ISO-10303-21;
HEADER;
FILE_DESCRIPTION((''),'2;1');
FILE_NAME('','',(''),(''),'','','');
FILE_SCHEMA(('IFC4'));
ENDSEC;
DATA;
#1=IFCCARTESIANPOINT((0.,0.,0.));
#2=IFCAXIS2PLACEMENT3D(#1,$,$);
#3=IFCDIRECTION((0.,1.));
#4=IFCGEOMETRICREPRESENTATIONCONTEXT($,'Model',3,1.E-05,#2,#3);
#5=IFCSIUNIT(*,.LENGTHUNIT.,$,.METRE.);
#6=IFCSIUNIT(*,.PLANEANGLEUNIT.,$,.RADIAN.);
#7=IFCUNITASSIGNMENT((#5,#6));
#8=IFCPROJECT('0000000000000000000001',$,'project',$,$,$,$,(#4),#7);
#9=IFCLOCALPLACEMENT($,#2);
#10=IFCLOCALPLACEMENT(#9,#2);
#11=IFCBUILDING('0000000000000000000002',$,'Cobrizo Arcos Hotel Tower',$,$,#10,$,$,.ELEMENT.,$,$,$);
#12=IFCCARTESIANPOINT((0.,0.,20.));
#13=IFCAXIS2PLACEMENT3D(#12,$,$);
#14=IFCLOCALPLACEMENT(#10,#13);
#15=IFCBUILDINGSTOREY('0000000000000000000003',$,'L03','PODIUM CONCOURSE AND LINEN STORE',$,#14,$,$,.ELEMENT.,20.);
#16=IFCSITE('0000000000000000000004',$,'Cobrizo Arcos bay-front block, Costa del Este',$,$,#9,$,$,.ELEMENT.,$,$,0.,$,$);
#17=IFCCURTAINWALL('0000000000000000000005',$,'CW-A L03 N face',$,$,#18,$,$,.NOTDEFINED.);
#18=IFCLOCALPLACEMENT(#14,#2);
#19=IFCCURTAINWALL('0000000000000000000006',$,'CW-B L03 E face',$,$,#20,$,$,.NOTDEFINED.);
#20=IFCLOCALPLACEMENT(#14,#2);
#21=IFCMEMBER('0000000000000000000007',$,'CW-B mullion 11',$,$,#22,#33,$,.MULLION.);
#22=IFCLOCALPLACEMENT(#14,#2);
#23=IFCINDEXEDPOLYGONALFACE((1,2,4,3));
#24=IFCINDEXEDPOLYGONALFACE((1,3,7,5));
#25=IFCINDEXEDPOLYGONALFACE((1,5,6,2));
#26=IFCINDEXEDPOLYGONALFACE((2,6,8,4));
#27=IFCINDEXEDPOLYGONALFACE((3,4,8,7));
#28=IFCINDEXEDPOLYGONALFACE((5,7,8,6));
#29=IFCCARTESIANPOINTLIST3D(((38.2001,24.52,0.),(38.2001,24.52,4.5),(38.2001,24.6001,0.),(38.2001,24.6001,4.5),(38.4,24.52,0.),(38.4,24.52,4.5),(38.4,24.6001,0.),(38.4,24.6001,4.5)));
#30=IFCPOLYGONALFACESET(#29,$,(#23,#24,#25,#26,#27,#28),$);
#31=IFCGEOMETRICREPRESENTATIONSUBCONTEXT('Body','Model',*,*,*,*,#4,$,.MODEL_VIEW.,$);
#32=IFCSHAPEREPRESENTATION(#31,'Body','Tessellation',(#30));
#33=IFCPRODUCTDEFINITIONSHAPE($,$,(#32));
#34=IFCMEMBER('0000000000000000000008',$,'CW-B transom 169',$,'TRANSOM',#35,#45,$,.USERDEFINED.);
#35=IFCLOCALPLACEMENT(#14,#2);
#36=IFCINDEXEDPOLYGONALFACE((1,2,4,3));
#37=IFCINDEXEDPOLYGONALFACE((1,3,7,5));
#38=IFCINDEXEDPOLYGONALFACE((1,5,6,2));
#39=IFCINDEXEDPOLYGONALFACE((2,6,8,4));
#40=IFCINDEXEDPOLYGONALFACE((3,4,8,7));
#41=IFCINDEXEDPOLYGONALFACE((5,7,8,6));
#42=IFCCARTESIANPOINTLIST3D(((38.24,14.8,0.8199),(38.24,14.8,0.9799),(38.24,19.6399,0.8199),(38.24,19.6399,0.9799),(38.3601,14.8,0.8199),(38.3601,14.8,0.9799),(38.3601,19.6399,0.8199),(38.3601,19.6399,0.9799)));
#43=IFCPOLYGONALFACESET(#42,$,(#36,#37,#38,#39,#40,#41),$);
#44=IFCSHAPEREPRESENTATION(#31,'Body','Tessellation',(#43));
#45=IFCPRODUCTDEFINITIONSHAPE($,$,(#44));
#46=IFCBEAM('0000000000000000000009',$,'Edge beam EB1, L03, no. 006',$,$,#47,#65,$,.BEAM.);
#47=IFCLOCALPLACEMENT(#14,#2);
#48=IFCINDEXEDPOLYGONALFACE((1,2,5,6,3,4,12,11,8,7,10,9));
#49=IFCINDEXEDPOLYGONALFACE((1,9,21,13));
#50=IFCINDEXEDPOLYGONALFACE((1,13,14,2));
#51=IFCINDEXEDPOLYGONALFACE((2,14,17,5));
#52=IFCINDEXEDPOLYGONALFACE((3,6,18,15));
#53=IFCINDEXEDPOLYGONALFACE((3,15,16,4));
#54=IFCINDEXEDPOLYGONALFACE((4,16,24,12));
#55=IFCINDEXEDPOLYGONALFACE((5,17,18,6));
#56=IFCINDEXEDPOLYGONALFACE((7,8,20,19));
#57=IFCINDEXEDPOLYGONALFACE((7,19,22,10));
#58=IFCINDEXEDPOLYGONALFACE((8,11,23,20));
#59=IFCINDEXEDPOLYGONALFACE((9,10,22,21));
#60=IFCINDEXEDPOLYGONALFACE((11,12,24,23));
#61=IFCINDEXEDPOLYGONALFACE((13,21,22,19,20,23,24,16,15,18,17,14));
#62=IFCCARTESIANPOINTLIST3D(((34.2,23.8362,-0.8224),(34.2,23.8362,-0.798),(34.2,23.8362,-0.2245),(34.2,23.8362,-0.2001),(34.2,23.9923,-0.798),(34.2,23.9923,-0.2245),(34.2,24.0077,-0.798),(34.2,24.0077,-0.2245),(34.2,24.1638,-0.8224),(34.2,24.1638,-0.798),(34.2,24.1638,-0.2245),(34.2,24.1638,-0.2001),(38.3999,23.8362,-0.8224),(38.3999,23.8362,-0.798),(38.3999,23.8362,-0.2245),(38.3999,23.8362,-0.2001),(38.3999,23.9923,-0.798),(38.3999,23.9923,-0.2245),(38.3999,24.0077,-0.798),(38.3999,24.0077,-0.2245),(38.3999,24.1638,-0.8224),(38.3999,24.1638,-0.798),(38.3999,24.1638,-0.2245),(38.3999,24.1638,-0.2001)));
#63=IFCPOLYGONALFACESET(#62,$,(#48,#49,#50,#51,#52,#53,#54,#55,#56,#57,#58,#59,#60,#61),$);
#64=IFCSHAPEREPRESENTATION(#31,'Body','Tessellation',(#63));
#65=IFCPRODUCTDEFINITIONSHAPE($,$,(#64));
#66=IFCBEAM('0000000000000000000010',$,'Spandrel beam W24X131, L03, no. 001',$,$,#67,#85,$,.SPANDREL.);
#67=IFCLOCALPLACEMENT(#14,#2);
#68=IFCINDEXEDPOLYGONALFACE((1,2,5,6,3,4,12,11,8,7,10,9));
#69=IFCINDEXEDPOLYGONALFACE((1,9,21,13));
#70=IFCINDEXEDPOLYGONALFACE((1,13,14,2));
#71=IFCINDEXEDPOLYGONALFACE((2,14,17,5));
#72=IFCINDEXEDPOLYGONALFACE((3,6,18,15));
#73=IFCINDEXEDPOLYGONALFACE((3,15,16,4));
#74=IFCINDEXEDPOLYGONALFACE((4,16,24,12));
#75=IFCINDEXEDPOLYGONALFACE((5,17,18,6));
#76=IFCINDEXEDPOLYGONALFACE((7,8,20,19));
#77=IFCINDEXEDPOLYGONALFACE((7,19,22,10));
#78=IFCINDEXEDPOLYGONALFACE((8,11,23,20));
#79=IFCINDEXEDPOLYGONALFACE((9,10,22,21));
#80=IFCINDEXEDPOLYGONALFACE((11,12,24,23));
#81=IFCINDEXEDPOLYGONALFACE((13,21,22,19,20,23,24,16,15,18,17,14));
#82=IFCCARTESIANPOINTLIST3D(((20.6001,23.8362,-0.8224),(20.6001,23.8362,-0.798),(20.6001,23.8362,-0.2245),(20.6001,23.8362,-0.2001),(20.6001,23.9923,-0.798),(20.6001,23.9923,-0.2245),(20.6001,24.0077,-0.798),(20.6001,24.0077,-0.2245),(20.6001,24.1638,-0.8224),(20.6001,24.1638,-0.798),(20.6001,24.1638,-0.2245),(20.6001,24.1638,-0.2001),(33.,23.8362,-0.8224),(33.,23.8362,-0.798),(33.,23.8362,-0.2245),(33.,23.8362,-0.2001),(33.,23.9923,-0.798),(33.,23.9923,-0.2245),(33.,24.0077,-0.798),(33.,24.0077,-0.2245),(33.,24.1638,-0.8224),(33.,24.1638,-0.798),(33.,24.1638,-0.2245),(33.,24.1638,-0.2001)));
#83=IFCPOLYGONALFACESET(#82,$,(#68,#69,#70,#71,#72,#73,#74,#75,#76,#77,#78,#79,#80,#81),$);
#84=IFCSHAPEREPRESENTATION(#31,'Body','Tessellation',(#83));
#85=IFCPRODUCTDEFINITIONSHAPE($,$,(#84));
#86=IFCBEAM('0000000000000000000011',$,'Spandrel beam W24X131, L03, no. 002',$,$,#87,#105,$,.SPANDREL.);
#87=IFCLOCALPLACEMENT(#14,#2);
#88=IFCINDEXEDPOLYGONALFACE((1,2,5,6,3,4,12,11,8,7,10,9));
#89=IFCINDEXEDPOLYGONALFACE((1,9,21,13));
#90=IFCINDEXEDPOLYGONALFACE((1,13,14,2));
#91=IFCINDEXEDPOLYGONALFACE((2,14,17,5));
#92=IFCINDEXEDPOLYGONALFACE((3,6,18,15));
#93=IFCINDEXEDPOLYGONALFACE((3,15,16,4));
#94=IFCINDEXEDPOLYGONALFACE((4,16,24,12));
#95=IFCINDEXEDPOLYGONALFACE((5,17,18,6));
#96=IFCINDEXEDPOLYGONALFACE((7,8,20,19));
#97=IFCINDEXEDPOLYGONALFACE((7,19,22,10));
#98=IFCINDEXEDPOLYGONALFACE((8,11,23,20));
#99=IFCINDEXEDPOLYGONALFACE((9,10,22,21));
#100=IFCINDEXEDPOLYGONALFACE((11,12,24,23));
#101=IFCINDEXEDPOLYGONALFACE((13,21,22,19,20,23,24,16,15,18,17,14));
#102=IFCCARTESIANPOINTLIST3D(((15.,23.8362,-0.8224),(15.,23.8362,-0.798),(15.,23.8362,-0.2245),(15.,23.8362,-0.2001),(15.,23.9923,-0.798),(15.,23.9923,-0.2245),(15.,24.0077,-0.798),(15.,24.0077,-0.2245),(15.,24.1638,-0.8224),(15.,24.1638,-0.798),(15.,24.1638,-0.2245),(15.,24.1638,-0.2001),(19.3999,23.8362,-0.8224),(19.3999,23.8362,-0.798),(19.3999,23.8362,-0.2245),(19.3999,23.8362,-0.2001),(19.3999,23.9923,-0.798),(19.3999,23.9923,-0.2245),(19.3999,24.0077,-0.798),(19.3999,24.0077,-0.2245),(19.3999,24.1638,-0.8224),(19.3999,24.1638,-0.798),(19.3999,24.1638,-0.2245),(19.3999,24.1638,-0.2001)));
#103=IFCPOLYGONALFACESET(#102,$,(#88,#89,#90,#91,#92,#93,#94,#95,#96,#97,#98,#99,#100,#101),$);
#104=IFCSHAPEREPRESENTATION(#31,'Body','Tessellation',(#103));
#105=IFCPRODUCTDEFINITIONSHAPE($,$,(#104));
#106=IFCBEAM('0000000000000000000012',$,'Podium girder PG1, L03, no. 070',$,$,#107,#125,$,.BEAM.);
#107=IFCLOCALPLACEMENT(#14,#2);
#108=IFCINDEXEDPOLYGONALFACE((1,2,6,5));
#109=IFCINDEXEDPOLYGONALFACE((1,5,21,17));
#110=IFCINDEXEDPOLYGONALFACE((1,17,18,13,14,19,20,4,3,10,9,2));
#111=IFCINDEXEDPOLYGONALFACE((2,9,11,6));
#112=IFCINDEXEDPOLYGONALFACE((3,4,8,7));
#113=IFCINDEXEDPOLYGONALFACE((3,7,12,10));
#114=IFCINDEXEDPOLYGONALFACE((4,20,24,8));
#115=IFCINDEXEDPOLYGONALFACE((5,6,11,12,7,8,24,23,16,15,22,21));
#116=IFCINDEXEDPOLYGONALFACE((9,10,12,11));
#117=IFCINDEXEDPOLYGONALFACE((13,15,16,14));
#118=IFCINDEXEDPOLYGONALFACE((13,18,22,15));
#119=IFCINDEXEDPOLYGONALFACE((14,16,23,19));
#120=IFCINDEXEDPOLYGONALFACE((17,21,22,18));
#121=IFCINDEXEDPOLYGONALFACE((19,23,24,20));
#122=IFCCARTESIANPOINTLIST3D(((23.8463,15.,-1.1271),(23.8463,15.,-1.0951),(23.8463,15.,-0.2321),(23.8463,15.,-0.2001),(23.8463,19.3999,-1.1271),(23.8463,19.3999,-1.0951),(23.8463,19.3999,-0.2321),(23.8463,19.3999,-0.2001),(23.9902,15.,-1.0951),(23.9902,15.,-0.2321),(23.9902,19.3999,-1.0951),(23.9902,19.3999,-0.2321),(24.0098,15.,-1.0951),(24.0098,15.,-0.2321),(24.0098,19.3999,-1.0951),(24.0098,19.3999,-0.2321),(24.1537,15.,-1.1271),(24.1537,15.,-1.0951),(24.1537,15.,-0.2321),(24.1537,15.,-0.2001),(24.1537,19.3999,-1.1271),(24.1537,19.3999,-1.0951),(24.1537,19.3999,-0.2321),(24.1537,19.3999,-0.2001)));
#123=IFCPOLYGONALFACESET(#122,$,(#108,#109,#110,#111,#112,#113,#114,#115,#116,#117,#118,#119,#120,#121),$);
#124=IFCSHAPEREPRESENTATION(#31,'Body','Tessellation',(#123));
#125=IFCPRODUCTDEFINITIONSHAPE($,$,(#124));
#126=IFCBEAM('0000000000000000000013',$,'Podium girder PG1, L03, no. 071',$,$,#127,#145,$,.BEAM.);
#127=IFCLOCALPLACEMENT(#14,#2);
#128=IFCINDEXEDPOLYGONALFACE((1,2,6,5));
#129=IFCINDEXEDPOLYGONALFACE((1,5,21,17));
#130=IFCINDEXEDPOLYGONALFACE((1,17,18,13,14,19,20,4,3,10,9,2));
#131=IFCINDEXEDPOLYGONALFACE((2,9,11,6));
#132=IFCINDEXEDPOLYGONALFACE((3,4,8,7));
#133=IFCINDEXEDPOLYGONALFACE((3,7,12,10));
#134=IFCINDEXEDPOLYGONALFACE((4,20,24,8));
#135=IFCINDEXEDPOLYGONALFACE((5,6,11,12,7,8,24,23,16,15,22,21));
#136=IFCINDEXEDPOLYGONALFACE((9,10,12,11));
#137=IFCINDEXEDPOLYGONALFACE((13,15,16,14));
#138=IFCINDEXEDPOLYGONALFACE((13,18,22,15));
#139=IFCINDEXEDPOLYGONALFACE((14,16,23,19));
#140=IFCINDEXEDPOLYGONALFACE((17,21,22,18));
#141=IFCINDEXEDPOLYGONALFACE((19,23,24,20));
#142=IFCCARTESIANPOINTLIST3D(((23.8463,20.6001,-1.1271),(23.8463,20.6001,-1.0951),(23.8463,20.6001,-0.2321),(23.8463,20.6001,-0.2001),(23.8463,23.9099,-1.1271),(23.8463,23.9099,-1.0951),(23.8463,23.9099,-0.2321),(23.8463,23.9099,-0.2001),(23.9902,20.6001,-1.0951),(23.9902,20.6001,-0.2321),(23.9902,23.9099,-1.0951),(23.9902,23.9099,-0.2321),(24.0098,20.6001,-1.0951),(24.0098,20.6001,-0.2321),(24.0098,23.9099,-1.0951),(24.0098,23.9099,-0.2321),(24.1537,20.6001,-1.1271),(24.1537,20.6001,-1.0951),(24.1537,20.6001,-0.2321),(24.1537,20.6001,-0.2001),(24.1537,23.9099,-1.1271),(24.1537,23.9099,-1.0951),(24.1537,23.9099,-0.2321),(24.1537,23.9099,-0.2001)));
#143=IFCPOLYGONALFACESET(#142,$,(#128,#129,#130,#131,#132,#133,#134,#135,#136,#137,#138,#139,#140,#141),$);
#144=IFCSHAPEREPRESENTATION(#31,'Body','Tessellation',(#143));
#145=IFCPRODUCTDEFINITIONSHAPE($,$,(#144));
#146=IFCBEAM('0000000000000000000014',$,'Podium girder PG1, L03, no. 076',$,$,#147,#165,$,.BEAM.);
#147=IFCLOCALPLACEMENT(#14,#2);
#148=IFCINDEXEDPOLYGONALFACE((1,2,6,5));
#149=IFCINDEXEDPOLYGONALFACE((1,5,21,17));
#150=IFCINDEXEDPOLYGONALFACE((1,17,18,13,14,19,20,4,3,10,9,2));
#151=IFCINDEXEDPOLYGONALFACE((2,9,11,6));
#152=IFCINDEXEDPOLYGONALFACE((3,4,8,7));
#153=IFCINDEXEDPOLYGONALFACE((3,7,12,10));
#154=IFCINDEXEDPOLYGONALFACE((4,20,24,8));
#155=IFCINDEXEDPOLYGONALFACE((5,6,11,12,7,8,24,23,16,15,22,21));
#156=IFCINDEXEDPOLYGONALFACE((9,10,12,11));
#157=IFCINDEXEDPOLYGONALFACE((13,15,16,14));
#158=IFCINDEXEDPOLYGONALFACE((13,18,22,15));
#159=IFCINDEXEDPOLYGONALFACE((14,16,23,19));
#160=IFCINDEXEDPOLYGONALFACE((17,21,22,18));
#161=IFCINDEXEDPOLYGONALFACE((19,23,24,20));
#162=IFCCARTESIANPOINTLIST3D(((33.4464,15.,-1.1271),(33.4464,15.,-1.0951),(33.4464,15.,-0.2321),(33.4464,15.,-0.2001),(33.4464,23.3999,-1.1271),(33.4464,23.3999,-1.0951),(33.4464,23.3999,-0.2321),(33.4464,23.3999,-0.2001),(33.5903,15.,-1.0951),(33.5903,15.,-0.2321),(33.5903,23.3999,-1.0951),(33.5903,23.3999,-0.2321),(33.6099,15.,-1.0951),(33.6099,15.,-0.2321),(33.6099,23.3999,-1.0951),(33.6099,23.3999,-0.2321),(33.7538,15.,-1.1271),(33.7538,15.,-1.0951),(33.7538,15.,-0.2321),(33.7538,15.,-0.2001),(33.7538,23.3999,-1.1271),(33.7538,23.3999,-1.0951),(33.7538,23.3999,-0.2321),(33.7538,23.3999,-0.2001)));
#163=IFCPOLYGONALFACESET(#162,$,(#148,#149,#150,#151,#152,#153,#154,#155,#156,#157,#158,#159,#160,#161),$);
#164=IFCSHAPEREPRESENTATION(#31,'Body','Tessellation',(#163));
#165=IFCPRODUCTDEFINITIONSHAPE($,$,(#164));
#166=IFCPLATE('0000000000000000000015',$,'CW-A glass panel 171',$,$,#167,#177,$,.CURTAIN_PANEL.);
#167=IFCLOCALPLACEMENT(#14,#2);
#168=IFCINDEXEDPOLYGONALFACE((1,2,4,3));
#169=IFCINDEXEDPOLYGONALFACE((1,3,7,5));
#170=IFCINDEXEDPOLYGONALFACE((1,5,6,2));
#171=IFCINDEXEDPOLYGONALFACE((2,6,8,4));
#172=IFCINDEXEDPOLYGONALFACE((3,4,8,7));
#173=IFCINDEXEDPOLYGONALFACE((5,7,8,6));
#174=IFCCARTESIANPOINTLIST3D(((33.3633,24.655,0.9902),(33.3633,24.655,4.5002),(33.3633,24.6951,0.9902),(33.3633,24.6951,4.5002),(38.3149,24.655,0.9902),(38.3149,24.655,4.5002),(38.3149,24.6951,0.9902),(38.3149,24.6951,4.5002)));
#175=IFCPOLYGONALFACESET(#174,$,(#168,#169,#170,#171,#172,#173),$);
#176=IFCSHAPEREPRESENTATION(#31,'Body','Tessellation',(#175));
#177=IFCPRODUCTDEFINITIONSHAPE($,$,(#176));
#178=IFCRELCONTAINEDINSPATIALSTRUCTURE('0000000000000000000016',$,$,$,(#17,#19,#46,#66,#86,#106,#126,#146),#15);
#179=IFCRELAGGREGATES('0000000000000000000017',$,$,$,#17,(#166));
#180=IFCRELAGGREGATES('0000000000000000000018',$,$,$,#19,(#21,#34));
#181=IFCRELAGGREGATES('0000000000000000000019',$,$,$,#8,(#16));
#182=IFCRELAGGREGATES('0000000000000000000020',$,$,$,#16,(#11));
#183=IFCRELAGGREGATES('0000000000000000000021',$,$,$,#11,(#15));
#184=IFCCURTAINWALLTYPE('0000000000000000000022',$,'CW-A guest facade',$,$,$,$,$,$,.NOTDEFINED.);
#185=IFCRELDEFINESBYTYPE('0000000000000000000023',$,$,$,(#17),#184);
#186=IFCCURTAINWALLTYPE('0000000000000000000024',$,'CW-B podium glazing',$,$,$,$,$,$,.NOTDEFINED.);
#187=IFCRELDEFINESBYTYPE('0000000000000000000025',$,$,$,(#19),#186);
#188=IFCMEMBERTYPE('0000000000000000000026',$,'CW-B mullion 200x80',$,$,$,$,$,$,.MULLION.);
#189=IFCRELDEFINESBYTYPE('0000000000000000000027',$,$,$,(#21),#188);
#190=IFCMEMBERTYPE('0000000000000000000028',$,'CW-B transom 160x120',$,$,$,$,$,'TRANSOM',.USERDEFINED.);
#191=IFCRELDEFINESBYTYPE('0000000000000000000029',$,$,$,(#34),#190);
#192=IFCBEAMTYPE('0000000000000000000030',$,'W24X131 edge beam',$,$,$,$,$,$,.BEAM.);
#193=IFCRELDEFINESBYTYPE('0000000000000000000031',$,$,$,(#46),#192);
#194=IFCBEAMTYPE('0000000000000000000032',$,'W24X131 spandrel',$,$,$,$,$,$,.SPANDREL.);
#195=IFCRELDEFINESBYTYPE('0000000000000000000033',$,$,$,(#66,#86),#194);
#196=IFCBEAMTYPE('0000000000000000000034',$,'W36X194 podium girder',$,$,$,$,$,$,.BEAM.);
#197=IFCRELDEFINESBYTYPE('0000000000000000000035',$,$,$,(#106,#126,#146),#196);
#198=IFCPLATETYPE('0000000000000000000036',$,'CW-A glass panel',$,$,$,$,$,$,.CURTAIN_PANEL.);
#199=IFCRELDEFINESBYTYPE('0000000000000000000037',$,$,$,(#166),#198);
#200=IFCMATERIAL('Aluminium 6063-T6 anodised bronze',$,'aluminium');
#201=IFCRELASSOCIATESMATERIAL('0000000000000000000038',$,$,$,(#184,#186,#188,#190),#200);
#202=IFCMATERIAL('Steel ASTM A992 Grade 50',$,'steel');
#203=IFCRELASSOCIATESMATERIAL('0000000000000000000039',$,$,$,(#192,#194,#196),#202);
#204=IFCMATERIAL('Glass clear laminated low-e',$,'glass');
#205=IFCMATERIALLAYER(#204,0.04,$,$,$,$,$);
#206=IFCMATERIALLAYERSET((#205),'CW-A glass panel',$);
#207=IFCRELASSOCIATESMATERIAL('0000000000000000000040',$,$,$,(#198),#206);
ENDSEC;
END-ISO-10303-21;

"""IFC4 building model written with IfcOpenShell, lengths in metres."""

from ifc_helpers import new_model, si_unit, direction, frame, origin, origin_2d, place, context, subcontext, project, spatial, rectangle, i_section, extrude, material, layer, layer_set, material_profile, profile_set, type_object, element, aggregate, save


model = new_model("IFC4")

# Units and contexts
model_context = context("Model", 3, precision=1e-05, world=origin(), true_north=direction((0.0, 1.0)))
body_context = subcontext(model_context, "Body", "Model", "MODEL_VIEW")
ifc_project = project(units=[si_unit("LENGTHUNIT", "METRE"), si_unit("PLANEANGLEUNIT", "RADIAN")], contexts=[model_context])

# Site, building, storey
site_placement = place(None, origin())
site = spatial("IfcSite", under=ifc_project, at=site_placement, Name="Cobrizo Arcos bay-front block, Costa del Este", CompositionType="ELEMENT", RefElevation=0.0)
building_placement = place(site_placement, origin())
building = spatial("IfcBuilding", under=site, at=building_placement, Name="Cobrizo Arcos Hotel Tower", CompositionType="ELEMENT")
storey_placement = place(building_placement, frame((0.0, 0.0, 20.0)))
storey = spatial("IfcBuildingStorey", under=building, at=storey_placement, Name="L03", Description="PODIUM CONCOURSE AND LINEN STORE", CompositionType="ELEMENT", Elevation=20.0)

# Curtain walls, members
ifc_material_1 = material(Name="Aluminium 6063-T6 anodised bronze", Category="aluminium")
curtain_wall_type_1 = type_object("IfcCurtainWallType", Name="CW-A guest facade", PredefinedType="NOTDEFINED", material=ifc_material_1)
curtain_wall_1_placement = place(storey_placement, origin())
curtain_wall_1 = element("IfcCurtainWall", 1, at=curtain_wall_1_placement, inside=storey, type_object=curtain_wall_type_1, Name="CW-A L03 N face", PredefinedType="NOTDEFINED")
curtain_wall_type_2 = type_object("IfcCurtainWallType", Name="CW-B podium glazing", PredefinedType="NOTDEFINED", material=ifc_material_1)
curtain_wall_2_placement = place(storey_placement, origin())
curtain_wall_2 = element("IfcCurtainWall", 2, at=curtain_wall_2_placement, inside=storey, type_object=curtain_wall_type_2, Name="CW-B L03 E face", PredefinedType="NOTDEFINED")
ifc_material_profile_1 = material_profile(ifc_material_1, rectangle(XDim=0.2, YDim=0.0801, at=origin_2d()), Name="CW-B mullion 200x80")
ifc_profile_set_1 = profile_set([ifc_material_profile_1], Name="Aluminium 6063-T6 anodised bronze")
member_type_1 = type_object("IfcMemberType", Name="CW-B mullion 200x80", PredefinedType="MULLION", material=ifc_profile_set_1)
member_1_placement = place(storey_placement, frame((38.3, 24.5601, 0.0), z_axis=(0.0, 0.0, 1.0), x_axis=(1.0, 0.0, 0.0)))
member_1 = element("IfcMember", 3, at=member_1_placement, type_object=member_type_1, Name="CW-B mullion 11", PredefinedType="MULLION", context=body_context, shape_type="SweptSolid", body=[
    extrude(rectangle(XDim=0.2, YDim=0.0801, at=origin_2d()), origin(), (0.0, 0.0, 1.0), 4.5),
])
ifc_material_profile_2 = material_profile(ifc_material_1, rectangle(XDim=0.1201, YDim=0.1599, at=origin_2d()), Name="CW-B transom 160x120")
ifc_profile_set_2 = profile_set([ifc_material_profile_2], Name="Aluminium 6063-T6 anodised bronze")
member_type_2 = type_object("IfcMemberType", Name="CW-B transom 160x120", ElementType="TRANSOM", PredefinedType="USERDEFINED", material=ifc_profile_set_2)
member_2_placement = place(storey_placement, frame((38.3, 14.8, 0.8999), z_axis=(0.0, 1.0, 0.0), x_axis=(-1.0, 0.0, 0.0)))
member_2 = element("IfcMember", 4, at=member_2_placement, type_object=member_type_2, Name="CW-B transom 169", ObjectType="TRANSOM", PredefinedType="USERDEFINED", context=body_context, shape_type="SweptSolid", body=[
    extrude(rectangle(XDim=0.1201, YDim=0.1599, at=origin_2d()), origin(), (0.0, 0.0, 1.0), 4.8398),
])

# Beams
ifc_material_2 = material(Name="Steel ASTM A992 Grade 50", Category="steel")
ifc_material_profile_3 = material_profile(ifc_material_2, i_section(OverallWidth=0.3276, OverallDepth=0.6223, WebThickness=0.0154, FlangeThickness=0.0244, at=origin_2d()), Name="W24X131")
ifc_profile_set_3 = profile_set([ifc_material_profile_3], Name="Steel ASTM A992 Grade 50")
beam_type_1 = type_object("IfcBeamType", Name="W24X131 edge beam", PredefinedType="BEAM", material=ifc_profile_set_3)
beam_1_placement = place(storey_placement, frame((38.3999, 24.0, -0.5112), z_axis=(-1.0, 0.0, 0.0), x_axis=(0.0, -1.0, 0.0)))
element("IfcBeam", 5, at=beam_1_placement, inside=storey, type_object=beam_type_1, Name="Edge beam EB1, L03, no. 006", PredefinedType="BEAM", context=body_context, shape_type="SweptSolid", body=[
    extrude(i_section(OverallWidth=0.3276, OverallDepth=0.6223, WebThickness=0.0154, FlangeThickness=0.0244, at=origin_2d()), origin(), (0.0, 0.0, 1.0), 4.2),
])
ifc_material_profile_4 = material_profile(ifc_material_2, i_section(OverallWidth=0.3276, OverallDepth=0.6223, WebThickness=0.0154, FlangeThickness=0.0244, at=origin_2d()), Name="W24X131")
ifc_profile_set_4 = profile_set([ifc_material_profile_4], Name="Steel ASTM A992 Grade 50")
beam_type_2 = type_object("IfcBeamType", Name="W24X131 spandrel", PredefinedType="SPANDREL", material=ifc_profile_set_4)
beam_2_placement = place(storey_placement, frame((33.0, 24.0, -0.5112), z_axis=(-1.0, 0.0, 0.0), x_axis=(0.0, -1.0, 0.0)))
element("IfcBeam", 6, at=beam_2_placement, inside=storey, type_object=beam_type_2, Name="Spandrel beam W24X131, L03, no. 001", PredefinedType="SPANDREL", context=body_context, shape_type="SweptSolid", body=[
    extrude(i_section(OverallWidth=0.3276, OverallDepth=0.6223, WebThickness=0.0154, FlangeThickness=0.0244, at=origin_2d()), origin(), (0.0, 0.0, 1.0), 12.3999),
])
beam_3_placement = place(storey_placement, frame((19.3999, 24.0, -0.5112), z_axis=(-1.0, 0.0, 0.0), x_axis=(0.0, -1.0, 0.0)))
element("IfcBeam", 7, at=beam_3_placement, inside=storey, type_object=beam_type_2, Name="Spandrel beam W24X131, L03, no. 002", PredefinedType="SPANDREL", context=body_context, shape_type="SweptSolid", body=[
    extrude(i_section(OverallWidth=0.3276, OverallDepth=0.6223, WebThickness=0.0154, FlangeThickness=0.0244, at=origin_2d()), origin(), (0.0, 0.0, 1.0), 4.3999),
])
ifc_material_profile_5 = material_profile(ifc_material_2, i_section(OverallWidth=0.3074, OverallDepth=0.927, WebThickness=0.0195, FlangeThickness=0.032, at=origin_2d()), Name="W36X194")
ifc_profile_set_5 = profile_set([ifc_material_profile_5], Name="Steel ASTM A992 Grade 50")
beam_type_3 = type_object("IfcBeamType", Name="W36X194 podium girder", PredefinedType="BEAM", material=ifc_profile_set_5)
beam_4_placement = place(storey_placement, frame((24.0, 15.0, -0.6636), z_axis=(0.0, 1.0, 0.0), x_axis=(-1.0, 0.0, 0.0)))
element("IfcBeam", 8, at=beam_4_placement, inside=storey, type_object=beam_type_3, Name="Podium girder PG1, L03, no. 070", PredefinedType="BEAM", context=body_context, shape_type="SweptSolid", body=[
    extrude(i_section(OverallWidth=0.3074, OverallDepth=0.927, WebThickness=0.0195, FlangeThickness=0.032, at=origin_2d()), origin(), (0.0, 0.0, 1.0), 4.3999),
])
beam_5_placement = place(storey_placement, frame((24.0, 20.6001, -0.6636), z_axis=(0.0, 1.0, 0.0), x_axis=(-1.0, 0.0, 0.0)))
element("IfcBeam", 9, at=beam_5_placement, inside=storey, type_object=beam_type_3, Name="Podium girder PG1, L03, no. 071", PredefinedType="BEAM", context=body_context, shape_type="SweptSolid", body=[
    extrude(i_section(OverallWidth=0.3074, OverallDepth=0.927, WebThickness=0.0195, FlangeThickness=0.032, at=origin_2d()), origin(), (0.0, 0.0, 1.0), 3.3098),
])
beam_6_placement = place(storey_placement, frame((33.6001, 15.0, -0.6636), z_axis=(0.0, 1.0, 0.0), x_axis=(-1.0, 0.0, 0.0)))
element("IfcBeam", 10, at=beam_6_placement, inside=storey, type_object=beam_type_3, Name="Podium girder PG1, L03, no. 076", PredefinedType="BEAM", context=body_context, shape_type="SweptSolid", body=[
    extrude(i_section(OverallWidth=0.3074, OverallDepth=0.927, WebThickness=0.0195, FlangeThickness=0.032, at=origin_2d()), origin(), (0.0, 0.0, 1.0), 8.3999),
])

# Plate
ifc_material_3 = material(Name="Glass clear laminated low-e", Category="glass")
ifc_layer_1 = layer(ifc_material_3, 0.04)
ifc_layer_set_1 = layer_set([ifc_layer_1], Name="CW-A glass panel")
plate_type_1 = type_object("IfcPlateType", Name="CW-A glass panel", PredefinedType="CURTAIN_PANEL", material=ifc_layer_set_1)
plate_1_placement = place(storey_placement, frame((35.8391, 24.675, 0.9902), z_axis=(0.0, 0.0, 1.0), x_axis=(-1.0, 0.0, 0.0)))
plate_1 = element("IfcPlate", 11, at=plate_1_placement, type_object=plate_type_1, Name="CW-A glass panel 171", PredefinedType="CURTAIN_PANEL", context=body_context, shape_type="SweptSolid", body=[
    extrude(rectangle(XDim=4.9517, YDim=0.04, at=origin_2d()), origin(), (0.0, 0.0, 1.0), 3.51),
])
aggregate(curtain_wall_1, [plate_1])
aggregate(curtain_wall_2, [member_1, member_2])

save(model, "model.ifc")
